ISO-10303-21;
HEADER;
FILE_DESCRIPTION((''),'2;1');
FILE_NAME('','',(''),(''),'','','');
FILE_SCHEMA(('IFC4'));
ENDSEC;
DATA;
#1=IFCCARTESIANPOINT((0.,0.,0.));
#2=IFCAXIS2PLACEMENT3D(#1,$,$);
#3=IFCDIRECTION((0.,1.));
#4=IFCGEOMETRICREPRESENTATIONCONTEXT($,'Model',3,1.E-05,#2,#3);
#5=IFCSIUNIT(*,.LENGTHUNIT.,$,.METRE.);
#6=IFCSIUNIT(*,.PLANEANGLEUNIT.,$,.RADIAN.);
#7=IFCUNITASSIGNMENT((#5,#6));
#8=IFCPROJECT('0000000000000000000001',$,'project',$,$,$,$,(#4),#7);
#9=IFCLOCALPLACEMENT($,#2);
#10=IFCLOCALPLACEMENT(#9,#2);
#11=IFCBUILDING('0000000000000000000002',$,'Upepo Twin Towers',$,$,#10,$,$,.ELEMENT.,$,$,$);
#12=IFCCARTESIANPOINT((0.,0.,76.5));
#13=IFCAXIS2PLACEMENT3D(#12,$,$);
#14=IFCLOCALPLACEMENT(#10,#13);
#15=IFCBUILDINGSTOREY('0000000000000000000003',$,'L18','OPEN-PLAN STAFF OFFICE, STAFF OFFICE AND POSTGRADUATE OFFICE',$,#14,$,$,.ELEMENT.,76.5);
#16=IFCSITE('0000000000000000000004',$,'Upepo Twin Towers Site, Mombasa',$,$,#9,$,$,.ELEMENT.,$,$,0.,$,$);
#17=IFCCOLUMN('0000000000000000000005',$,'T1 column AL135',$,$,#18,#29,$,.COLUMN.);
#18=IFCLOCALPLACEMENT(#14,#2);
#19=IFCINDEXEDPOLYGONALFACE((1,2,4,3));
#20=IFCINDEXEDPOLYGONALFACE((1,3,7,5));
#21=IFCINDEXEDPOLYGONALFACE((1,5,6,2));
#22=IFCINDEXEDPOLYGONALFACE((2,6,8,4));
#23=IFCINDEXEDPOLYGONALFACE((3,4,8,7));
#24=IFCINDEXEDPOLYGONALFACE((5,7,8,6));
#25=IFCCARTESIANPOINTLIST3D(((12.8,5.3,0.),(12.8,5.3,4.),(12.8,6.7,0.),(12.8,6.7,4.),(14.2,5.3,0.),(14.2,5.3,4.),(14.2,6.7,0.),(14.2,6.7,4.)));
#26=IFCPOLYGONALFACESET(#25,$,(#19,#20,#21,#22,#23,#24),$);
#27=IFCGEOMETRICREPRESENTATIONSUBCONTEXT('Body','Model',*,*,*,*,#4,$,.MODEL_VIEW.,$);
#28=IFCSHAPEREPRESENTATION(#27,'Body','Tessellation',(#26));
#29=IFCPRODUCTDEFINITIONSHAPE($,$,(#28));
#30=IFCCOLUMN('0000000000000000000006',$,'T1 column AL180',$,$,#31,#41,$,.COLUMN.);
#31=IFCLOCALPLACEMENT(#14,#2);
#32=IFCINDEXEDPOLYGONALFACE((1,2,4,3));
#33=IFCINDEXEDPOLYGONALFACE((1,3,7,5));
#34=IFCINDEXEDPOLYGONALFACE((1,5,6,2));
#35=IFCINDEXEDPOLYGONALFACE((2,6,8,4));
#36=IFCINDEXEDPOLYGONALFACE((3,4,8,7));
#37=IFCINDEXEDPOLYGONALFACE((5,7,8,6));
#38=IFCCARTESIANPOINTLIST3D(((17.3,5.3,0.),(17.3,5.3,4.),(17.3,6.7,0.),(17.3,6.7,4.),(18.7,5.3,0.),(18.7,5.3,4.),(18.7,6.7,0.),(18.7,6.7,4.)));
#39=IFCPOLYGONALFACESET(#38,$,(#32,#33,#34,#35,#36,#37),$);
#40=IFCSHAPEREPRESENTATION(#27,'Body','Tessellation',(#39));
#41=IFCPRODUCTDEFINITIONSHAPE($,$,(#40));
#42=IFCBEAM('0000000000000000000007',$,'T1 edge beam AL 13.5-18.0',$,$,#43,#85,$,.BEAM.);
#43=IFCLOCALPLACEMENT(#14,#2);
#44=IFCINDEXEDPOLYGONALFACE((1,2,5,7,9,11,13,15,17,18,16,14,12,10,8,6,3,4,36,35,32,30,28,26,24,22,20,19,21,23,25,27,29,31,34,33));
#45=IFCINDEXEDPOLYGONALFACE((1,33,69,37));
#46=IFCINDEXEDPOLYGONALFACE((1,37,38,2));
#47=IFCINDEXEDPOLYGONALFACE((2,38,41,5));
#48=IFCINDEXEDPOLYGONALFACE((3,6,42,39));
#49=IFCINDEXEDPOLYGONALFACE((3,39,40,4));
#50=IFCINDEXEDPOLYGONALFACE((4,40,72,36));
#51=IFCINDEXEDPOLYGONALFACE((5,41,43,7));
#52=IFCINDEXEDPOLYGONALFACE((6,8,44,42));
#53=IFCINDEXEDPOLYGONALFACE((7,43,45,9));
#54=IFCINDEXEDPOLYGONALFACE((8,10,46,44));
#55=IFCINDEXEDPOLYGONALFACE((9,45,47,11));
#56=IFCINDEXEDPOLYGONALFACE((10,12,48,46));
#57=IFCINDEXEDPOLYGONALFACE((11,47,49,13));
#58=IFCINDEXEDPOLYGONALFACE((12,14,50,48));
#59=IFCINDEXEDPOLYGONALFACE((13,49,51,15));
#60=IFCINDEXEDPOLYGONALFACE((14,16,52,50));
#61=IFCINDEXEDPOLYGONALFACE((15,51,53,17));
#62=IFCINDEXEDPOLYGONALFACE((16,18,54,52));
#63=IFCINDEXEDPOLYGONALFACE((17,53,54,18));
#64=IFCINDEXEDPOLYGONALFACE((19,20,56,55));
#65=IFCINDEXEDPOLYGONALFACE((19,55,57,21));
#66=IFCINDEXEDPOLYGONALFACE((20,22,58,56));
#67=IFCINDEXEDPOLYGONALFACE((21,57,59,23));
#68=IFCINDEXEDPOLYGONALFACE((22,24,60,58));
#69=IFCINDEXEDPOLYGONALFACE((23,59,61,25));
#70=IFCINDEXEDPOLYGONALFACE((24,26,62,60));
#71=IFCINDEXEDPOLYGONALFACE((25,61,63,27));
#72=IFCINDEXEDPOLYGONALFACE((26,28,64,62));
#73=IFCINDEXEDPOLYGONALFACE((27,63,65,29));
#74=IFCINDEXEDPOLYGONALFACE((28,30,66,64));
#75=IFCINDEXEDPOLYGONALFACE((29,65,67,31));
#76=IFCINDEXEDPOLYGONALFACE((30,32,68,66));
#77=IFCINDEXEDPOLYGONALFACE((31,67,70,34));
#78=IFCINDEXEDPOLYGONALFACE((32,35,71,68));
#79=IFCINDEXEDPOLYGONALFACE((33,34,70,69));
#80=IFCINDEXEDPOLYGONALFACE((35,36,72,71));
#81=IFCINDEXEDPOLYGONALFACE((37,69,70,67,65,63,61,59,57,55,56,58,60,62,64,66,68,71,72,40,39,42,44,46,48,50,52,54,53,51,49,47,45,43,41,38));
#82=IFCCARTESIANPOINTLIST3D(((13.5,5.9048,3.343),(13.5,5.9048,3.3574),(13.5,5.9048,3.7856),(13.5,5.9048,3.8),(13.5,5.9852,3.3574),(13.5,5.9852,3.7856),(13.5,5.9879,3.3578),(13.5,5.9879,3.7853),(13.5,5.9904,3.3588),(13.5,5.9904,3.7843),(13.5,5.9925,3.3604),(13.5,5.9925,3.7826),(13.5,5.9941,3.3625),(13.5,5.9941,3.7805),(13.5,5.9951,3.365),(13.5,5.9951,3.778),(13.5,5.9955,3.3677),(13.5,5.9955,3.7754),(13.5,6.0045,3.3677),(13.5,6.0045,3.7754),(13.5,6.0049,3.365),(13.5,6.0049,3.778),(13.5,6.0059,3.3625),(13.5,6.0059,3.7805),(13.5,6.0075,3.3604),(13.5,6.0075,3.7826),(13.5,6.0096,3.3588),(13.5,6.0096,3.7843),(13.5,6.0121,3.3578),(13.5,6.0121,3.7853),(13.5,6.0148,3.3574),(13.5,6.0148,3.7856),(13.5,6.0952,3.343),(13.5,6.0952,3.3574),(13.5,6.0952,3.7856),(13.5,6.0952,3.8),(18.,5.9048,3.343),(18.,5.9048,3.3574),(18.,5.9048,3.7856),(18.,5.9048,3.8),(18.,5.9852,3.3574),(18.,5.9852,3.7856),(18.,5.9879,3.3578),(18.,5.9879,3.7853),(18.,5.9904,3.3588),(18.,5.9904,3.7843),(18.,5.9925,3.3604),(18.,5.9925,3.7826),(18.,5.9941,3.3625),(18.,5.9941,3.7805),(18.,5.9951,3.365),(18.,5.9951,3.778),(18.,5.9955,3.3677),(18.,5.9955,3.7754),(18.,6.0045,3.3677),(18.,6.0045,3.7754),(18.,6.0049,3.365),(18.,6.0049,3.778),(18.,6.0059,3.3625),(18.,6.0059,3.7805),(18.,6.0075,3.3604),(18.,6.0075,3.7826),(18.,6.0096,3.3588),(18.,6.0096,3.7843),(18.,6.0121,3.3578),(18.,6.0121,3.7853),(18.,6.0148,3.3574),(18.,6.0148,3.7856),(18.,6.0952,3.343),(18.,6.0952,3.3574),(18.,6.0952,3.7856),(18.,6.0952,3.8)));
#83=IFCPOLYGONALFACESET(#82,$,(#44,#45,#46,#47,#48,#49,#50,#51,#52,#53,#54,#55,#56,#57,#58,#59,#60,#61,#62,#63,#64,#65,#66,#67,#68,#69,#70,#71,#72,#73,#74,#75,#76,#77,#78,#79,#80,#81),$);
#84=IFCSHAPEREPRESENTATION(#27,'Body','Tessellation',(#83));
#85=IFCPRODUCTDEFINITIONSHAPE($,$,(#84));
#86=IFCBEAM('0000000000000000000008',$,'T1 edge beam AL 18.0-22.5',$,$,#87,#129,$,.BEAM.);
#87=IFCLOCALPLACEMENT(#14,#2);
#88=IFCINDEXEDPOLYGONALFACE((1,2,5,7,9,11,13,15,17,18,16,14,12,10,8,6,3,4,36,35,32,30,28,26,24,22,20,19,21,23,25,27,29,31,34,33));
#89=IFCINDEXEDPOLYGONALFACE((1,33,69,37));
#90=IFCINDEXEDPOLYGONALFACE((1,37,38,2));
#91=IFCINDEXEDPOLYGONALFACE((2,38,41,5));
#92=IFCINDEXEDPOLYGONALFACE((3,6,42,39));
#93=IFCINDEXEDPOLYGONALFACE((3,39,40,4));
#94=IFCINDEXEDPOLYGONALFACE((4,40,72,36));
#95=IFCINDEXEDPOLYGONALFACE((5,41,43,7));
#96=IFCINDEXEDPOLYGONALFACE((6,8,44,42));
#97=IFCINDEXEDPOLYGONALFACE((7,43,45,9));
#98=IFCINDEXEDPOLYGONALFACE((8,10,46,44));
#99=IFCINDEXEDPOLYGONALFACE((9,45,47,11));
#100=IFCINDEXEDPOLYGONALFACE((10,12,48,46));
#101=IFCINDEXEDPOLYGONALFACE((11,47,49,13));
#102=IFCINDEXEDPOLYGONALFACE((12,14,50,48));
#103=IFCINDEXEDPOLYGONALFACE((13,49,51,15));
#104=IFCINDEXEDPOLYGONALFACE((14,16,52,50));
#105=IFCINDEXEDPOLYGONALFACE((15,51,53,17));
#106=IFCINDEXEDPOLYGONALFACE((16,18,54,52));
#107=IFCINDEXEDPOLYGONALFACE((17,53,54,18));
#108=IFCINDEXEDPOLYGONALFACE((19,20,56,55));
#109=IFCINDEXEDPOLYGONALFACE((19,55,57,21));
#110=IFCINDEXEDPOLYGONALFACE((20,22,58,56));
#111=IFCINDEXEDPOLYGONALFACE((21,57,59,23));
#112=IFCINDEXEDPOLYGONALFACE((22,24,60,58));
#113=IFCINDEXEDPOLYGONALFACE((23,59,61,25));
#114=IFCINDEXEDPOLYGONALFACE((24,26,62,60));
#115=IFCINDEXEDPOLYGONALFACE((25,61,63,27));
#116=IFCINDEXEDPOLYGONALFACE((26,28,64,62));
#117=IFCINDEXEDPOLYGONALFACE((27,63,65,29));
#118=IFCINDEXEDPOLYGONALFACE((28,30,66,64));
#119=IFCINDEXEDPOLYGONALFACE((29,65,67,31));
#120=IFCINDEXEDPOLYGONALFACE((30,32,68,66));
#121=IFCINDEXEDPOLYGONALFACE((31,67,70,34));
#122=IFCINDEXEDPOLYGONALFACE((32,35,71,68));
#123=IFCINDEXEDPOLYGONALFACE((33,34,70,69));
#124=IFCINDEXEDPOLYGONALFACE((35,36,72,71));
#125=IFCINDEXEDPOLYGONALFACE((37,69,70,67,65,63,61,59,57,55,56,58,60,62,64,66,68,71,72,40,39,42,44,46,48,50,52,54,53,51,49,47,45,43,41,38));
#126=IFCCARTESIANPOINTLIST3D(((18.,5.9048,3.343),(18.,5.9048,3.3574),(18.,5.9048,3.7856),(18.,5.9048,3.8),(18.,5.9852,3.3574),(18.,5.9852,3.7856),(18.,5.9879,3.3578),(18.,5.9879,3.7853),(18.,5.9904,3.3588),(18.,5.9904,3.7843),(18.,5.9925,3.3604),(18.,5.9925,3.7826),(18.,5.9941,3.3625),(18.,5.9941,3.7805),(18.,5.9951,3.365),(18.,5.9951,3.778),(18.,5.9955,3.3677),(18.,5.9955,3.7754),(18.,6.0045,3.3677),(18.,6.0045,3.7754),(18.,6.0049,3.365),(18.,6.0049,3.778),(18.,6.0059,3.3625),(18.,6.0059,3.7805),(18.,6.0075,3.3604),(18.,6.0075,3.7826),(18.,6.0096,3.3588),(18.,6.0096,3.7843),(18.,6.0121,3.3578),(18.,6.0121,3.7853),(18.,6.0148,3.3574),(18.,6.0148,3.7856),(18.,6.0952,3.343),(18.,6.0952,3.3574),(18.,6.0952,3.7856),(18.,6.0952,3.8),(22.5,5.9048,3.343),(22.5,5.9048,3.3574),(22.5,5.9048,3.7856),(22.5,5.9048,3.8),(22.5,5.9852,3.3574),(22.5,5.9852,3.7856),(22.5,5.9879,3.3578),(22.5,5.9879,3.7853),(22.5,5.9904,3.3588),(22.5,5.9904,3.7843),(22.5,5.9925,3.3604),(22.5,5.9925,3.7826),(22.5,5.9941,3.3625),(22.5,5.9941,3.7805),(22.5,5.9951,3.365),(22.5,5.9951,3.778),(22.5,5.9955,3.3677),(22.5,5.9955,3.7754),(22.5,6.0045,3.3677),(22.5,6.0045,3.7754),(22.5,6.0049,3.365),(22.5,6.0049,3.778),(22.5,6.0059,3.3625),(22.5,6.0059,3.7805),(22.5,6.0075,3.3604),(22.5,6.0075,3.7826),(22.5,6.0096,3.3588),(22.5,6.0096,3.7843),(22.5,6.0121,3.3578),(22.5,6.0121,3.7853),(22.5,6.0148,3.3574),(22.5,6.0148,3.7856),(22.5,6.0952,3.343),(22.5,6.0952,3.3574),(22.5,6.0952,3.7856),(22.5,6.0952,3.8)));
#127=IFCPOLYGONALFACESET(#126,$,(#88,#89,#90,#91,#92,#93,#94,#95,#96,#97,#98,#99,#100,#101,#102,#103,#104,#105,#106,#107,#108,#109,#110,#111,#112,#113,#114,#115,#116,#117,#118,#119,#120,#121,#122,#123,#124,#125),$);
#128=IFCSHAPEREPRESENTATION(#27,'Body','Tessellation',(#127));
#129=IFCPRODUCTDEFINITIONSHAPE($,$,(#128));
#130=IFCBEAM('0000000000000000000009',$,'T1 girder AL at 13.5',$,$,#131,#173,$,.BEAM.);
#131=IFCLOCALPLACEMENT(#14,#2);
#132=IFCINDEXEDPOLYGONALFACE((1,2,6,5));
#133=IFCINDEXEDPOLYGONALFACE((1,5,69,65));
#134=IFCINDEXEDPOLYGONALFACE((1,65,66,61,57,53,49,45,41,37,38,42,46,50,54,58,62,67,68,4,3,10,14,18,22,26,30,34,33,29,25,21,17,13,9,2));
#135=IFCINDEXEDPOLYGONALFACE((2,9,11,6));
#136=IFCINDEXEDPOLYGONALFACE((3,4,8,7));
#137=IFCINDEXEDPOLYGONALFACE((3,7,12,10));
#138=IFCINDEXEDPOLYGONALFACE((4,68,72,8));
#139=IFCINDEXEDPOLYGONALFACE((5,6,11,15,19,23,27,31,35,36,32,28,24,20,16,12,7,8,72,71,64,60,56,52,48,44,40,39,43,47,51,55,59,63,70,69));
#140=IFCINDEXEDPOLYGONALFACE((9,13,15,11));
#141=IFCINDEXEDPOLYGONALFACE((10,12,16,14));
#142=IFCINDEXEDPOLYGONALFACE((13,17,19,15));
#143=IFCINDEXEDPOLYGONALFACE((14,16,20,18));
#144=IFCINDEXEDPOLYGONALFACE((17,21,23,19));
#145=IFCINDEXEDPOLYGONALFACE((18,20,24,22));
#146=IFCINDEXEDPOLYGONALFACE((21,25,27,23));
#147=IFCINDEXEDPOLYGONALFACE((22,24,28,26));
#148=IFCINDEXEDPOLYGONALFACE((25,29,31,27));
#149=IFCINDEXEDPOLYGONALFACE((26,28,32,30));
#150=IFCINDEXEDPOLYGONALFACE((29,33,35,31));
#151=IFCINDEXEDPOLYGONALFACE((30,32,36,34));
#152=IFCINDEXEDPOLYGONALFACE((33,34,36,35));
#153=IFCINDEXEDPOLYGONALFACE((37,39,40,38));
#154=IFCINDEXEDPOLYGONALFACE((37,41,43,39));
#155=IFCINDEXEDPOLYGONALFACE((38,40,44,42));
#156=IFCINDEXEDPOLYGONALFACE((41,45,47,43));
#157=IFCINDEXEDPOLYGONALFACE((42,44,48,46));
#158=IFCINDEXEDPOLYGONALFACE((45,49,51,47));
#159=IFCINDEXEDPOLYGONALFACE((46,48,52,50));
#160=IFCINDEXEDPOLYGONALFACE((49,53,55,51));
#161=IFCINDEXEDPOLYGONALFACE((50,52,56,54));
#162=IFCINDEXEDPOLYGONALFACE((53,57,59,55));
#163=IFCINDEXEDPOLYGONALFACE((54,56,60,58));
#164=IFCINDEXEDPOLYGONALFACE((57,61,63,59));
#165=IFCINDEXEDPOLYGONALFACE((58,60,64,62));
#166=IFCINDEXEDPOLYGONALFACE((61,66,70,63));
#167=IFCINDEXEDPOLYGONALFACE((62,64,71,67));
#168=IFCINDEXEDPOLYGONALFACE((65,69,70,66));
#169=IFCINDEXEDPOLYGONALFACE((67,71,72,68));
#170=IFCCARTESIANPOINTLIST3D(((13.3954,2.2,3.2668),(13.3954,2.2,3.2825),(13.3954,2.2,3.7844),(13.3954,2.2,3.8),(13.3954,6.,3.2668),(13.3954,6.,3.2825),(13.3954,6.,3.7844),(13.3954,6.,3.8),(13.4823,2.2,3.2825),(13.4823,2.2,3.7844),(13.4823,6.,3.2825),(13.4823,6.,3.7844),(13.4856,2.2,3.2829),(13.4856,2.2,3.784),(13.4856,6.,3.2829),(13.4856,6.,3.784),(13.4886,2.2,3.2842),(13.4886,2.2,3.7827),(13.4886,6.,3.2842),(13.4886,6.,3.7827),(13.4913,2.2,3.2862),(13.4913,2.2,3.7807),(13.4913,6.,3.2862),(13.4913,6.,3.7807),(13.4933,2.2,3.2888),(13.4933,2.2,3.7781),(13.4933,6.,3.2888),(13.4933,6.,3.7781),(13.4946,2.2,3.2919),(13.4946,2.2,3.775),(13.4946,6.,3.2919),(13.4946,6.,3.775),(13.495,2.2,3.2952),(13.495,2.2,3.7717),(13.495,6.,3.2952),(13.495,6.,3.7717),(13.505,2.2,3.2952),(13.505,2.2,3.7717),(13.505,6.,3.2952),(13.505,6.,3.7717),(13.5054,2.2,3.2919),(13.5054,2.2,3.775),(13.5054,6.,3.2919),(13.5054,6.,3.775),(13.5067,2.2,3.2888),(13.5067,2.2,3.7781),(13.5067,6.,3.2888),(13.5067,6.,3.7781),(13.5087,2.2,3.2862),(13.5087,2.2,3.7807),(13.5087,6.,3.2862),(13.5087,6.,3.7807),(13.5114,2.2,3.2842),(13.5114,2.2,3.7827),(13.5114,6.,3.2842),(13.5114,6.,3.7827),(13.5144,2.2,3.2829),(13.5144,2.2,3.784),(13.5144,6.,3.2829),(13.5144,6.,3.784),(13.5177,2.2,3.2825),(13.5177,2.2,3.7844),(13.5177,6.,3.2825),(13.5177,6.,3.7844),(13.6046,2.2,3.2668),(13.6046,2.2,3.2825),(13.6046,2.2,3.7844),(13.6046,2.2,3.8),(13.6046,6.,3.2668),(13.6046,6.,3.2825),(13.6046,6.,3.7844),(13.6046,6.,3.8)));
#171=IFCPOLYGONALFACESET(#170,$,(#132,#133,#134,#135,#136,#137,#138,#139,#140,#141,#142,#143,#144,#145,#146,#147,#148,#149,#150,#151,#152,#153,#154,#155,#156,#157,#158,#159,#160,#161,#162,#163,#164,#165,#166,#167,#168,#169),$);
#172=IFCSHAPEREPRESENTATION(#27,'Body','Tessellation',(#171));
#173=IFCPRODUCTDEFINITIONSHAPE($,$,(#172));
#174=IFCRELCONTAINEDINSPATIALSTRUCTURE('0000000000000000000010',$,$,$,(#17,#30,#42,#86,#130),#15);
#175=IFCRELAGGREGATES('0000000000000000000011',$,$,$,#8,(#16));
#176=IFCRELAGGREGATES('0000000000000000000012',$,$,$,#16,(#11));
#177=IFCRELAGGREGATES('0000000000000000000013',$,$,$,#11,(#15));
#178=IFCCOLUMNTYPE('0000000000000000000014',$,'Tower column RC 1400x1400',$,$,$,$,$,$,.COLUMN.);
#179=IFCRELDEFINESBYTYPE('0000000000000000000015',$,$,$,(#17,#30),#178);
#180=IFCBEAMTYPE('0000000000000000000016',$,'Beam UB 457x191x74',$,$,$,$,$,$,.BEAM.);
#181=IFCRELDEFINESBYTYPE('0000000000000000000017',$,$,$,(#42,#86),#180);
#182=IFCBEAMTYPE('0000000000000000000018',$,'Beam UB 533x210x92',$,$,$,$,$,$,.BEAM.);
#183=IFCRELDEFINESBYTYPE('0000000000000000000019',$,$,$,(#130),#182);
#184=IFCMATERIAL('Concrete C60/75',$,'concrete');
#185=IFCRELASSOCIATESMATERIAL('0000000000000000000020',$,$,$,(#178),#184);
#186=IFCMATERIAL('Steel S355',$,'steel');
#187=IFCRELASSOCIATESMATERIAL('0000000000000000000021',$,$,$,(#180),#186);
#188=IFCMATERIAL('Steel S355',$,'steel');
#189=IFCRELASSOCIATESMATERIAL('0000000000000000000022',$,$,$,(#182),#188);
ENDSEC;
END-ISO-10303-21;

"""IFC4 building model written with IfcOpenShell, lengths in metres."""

from ifc_helpers import new_model, si_unit, direction, frame, origin, origin_2d, place, context, subcontext, project, spatial, rectangle, i_section, extrude, material, material_profile, profile_set, type_object, element, save


model = new_model("IFC4")

# Units and contexts
model_context = context("Model", 3, precision=1e-05, world=origin(), true_north=direction((0.0, 1.0)))
body_context = subcontext(model_context, "Body", "Model", "MODEL_VIEW")
ifc_project = project(units=[si_unit("LENGTHUNIT", "METRE"), si_unit("PLANEANGLEUNIT", "RADIAN")], contexts=[model_context])

# Site, building, storey
site_placement = place(None, origin())
site = spatial("IfcSite", under=ifc_project, at=site_placement, Name="Upepo Twin Towers Site, Mombasa", CompositionType="ELEMENT", RefElevation=0.0)
building_placement = place(site_placement, origin())
building = spatial("IfcBuilding", under=site, at=building_placement, Name="Upepo Twin Towers", CompositionType="ELEMENT")
storey_placement = place(building_placement, frame((0.0, 0.0, 76.5)))
storey = spatial("IfcBuildingStorey", under=building, at=storey_placement, Name="L18", Description="OPEN-PLAN STAFF OFFICE, STAFF OFFICE AND POSTGRADUATE OFFICE", CompositionType="ELEMENT", Elevation=76.5)

# Columns
ifc_material_1 = material(Name="Concrete C60/75", Category="concrete")
ifc_material_profile_1 = material_profile(ifc_material_1, rectangle(XDim=1.3999, YDim=1.3999, at=origin_2d()), Name="RC 1400x1400")
ifc_profile_set_1 = profile_set([ifc_material_profile_1], Name="Concrete C60/75")
column_type = type_object("IfcColumnType", Name="Tower column RC 1400x1400", PredefinedType="COLUMN", material=ifc_profile_set_1)
for number, where, z_axis, x_axis, name in (
    (1, (13.5, 6.0, 0.0), (0.0, 0.0, 1.0), (1.0, 0.0, 0.0), "T1 column AL135"),
    (2, (18.0, 6.0, 0.0), (0.0, 0.0, 1.0), (1.0, 0.0, 0.0), "T1 column AL180"),
):
    element("IfcColumn", number, at=place(storey_placement, frame(where, z_axis=z_axis, x_axis=x_axis)), inside=storey, type_object=column_type, Name=name, PredefinedType="COLUMN", context=body_context, shape_type="SweptSolid", body=[
        extrude(rectangle(XDim=1.3999, YDim=1.3999, at=origin_2d()), origin(), (0.0, 0.0, 1.0), 4.0),
    ])

# Beams
ifc_material_2 = material(Name="Steel S355", Category="steel")
ifc_material_profile_2 = material_profile(ifc_material_2, i_section(OverallWidth=0.1904, OverallDepth=0.457, WebThickness=0.009, FlangeThickness=0.0144, FilletRadius=0.0103, at=origin_2d()), Name="UB 457x191x74")
ifc_profile_set_2 = profile_set([ifc_material_profile_2], Name="Steel S355")
beam_type_1 = type_object("IfcBeamType", Name="Beam UB 457x191x74", PredefinedType="BEAM", material=ifc_profile_set_2)
for number, where, z_axis, x_axis, name in (
    (3, (13.5, 6.0, 3.5715), (1.0, 0.0, 0.0), (0.0, 1.0, 0.0), "T1 edge beam AL 13.5-18.0"),
    (4, (18.0, 6.0, 3.5715), (1.0, 0.0, 0.0), (0.0, 1.0, 0.0), "T1 edge beam AL 18.0-22.5"),
):
    element("IfcBeam", number, at=place(storey_placement, frame(where, z_axis=z_axis, x_axis=x_axis)), inside=storey, type_object=beam_type_1, Name=name, PredefinedType="BEAM", context=body_context, shape_type="SweptSolid", body=[
        extrude(i_section(OverallWidth=0.1904, OverallDepth=0.457, WebThickness=0.009, FlangeThickness=0.0144, FilletRadius=0.0103, at=origin_2d()), origin(), (0.0, 0.0, 1.0), 4.5),
    ])
ifc_material_3 = material(Name="Steel S355", Category="steel")
ifc_material_profile_3 = material_profile(ifc_material_3, i_section(OverallWidth=0.2092, OverallDepth=0.5332, WebThickness=0.01, FlangeThickness=0.0156, FilletRadius=0.0127, at=origin_2d()), Name="UB 533x210x92")
ifc_profile_set_3 = profile_set([ifc_material_profile_3], Name="Steel S355")
beam_type_2 = type_object("IfcBeamType", Name="Beam UB 533x210x92", PredefinedType="BEAM", material=ifc_profile_set_3)
for number, where, z_axis, x_axis, name in (
    (5, (13.5, 6.0, 3.5334), (0.0, -1.0, 0.0), (1.0, 0.0, 0.0), "T1 girder AL at 13.5"),
):
    element("IfcBeam", number, at=place(storey_placement, frame(where, z_axis=z_axis, x_axis=x_axis)), inside=storey, type_object=beam_type_2, Name=name, PredefinedType="BEAM", context=body_context, shape_type="SweptSolid", body=[
        extrude(i_section(OverallWidth=0.2092, OverallDepth=0.5332, WebThickness=0.01, FlangeThickness=0.0156, FilletRadius=0.0127, at=origin_2d()), origin(), (0.0, 0.0, 1.0), 3.8),
    ])

save(model, "model.ifc")
